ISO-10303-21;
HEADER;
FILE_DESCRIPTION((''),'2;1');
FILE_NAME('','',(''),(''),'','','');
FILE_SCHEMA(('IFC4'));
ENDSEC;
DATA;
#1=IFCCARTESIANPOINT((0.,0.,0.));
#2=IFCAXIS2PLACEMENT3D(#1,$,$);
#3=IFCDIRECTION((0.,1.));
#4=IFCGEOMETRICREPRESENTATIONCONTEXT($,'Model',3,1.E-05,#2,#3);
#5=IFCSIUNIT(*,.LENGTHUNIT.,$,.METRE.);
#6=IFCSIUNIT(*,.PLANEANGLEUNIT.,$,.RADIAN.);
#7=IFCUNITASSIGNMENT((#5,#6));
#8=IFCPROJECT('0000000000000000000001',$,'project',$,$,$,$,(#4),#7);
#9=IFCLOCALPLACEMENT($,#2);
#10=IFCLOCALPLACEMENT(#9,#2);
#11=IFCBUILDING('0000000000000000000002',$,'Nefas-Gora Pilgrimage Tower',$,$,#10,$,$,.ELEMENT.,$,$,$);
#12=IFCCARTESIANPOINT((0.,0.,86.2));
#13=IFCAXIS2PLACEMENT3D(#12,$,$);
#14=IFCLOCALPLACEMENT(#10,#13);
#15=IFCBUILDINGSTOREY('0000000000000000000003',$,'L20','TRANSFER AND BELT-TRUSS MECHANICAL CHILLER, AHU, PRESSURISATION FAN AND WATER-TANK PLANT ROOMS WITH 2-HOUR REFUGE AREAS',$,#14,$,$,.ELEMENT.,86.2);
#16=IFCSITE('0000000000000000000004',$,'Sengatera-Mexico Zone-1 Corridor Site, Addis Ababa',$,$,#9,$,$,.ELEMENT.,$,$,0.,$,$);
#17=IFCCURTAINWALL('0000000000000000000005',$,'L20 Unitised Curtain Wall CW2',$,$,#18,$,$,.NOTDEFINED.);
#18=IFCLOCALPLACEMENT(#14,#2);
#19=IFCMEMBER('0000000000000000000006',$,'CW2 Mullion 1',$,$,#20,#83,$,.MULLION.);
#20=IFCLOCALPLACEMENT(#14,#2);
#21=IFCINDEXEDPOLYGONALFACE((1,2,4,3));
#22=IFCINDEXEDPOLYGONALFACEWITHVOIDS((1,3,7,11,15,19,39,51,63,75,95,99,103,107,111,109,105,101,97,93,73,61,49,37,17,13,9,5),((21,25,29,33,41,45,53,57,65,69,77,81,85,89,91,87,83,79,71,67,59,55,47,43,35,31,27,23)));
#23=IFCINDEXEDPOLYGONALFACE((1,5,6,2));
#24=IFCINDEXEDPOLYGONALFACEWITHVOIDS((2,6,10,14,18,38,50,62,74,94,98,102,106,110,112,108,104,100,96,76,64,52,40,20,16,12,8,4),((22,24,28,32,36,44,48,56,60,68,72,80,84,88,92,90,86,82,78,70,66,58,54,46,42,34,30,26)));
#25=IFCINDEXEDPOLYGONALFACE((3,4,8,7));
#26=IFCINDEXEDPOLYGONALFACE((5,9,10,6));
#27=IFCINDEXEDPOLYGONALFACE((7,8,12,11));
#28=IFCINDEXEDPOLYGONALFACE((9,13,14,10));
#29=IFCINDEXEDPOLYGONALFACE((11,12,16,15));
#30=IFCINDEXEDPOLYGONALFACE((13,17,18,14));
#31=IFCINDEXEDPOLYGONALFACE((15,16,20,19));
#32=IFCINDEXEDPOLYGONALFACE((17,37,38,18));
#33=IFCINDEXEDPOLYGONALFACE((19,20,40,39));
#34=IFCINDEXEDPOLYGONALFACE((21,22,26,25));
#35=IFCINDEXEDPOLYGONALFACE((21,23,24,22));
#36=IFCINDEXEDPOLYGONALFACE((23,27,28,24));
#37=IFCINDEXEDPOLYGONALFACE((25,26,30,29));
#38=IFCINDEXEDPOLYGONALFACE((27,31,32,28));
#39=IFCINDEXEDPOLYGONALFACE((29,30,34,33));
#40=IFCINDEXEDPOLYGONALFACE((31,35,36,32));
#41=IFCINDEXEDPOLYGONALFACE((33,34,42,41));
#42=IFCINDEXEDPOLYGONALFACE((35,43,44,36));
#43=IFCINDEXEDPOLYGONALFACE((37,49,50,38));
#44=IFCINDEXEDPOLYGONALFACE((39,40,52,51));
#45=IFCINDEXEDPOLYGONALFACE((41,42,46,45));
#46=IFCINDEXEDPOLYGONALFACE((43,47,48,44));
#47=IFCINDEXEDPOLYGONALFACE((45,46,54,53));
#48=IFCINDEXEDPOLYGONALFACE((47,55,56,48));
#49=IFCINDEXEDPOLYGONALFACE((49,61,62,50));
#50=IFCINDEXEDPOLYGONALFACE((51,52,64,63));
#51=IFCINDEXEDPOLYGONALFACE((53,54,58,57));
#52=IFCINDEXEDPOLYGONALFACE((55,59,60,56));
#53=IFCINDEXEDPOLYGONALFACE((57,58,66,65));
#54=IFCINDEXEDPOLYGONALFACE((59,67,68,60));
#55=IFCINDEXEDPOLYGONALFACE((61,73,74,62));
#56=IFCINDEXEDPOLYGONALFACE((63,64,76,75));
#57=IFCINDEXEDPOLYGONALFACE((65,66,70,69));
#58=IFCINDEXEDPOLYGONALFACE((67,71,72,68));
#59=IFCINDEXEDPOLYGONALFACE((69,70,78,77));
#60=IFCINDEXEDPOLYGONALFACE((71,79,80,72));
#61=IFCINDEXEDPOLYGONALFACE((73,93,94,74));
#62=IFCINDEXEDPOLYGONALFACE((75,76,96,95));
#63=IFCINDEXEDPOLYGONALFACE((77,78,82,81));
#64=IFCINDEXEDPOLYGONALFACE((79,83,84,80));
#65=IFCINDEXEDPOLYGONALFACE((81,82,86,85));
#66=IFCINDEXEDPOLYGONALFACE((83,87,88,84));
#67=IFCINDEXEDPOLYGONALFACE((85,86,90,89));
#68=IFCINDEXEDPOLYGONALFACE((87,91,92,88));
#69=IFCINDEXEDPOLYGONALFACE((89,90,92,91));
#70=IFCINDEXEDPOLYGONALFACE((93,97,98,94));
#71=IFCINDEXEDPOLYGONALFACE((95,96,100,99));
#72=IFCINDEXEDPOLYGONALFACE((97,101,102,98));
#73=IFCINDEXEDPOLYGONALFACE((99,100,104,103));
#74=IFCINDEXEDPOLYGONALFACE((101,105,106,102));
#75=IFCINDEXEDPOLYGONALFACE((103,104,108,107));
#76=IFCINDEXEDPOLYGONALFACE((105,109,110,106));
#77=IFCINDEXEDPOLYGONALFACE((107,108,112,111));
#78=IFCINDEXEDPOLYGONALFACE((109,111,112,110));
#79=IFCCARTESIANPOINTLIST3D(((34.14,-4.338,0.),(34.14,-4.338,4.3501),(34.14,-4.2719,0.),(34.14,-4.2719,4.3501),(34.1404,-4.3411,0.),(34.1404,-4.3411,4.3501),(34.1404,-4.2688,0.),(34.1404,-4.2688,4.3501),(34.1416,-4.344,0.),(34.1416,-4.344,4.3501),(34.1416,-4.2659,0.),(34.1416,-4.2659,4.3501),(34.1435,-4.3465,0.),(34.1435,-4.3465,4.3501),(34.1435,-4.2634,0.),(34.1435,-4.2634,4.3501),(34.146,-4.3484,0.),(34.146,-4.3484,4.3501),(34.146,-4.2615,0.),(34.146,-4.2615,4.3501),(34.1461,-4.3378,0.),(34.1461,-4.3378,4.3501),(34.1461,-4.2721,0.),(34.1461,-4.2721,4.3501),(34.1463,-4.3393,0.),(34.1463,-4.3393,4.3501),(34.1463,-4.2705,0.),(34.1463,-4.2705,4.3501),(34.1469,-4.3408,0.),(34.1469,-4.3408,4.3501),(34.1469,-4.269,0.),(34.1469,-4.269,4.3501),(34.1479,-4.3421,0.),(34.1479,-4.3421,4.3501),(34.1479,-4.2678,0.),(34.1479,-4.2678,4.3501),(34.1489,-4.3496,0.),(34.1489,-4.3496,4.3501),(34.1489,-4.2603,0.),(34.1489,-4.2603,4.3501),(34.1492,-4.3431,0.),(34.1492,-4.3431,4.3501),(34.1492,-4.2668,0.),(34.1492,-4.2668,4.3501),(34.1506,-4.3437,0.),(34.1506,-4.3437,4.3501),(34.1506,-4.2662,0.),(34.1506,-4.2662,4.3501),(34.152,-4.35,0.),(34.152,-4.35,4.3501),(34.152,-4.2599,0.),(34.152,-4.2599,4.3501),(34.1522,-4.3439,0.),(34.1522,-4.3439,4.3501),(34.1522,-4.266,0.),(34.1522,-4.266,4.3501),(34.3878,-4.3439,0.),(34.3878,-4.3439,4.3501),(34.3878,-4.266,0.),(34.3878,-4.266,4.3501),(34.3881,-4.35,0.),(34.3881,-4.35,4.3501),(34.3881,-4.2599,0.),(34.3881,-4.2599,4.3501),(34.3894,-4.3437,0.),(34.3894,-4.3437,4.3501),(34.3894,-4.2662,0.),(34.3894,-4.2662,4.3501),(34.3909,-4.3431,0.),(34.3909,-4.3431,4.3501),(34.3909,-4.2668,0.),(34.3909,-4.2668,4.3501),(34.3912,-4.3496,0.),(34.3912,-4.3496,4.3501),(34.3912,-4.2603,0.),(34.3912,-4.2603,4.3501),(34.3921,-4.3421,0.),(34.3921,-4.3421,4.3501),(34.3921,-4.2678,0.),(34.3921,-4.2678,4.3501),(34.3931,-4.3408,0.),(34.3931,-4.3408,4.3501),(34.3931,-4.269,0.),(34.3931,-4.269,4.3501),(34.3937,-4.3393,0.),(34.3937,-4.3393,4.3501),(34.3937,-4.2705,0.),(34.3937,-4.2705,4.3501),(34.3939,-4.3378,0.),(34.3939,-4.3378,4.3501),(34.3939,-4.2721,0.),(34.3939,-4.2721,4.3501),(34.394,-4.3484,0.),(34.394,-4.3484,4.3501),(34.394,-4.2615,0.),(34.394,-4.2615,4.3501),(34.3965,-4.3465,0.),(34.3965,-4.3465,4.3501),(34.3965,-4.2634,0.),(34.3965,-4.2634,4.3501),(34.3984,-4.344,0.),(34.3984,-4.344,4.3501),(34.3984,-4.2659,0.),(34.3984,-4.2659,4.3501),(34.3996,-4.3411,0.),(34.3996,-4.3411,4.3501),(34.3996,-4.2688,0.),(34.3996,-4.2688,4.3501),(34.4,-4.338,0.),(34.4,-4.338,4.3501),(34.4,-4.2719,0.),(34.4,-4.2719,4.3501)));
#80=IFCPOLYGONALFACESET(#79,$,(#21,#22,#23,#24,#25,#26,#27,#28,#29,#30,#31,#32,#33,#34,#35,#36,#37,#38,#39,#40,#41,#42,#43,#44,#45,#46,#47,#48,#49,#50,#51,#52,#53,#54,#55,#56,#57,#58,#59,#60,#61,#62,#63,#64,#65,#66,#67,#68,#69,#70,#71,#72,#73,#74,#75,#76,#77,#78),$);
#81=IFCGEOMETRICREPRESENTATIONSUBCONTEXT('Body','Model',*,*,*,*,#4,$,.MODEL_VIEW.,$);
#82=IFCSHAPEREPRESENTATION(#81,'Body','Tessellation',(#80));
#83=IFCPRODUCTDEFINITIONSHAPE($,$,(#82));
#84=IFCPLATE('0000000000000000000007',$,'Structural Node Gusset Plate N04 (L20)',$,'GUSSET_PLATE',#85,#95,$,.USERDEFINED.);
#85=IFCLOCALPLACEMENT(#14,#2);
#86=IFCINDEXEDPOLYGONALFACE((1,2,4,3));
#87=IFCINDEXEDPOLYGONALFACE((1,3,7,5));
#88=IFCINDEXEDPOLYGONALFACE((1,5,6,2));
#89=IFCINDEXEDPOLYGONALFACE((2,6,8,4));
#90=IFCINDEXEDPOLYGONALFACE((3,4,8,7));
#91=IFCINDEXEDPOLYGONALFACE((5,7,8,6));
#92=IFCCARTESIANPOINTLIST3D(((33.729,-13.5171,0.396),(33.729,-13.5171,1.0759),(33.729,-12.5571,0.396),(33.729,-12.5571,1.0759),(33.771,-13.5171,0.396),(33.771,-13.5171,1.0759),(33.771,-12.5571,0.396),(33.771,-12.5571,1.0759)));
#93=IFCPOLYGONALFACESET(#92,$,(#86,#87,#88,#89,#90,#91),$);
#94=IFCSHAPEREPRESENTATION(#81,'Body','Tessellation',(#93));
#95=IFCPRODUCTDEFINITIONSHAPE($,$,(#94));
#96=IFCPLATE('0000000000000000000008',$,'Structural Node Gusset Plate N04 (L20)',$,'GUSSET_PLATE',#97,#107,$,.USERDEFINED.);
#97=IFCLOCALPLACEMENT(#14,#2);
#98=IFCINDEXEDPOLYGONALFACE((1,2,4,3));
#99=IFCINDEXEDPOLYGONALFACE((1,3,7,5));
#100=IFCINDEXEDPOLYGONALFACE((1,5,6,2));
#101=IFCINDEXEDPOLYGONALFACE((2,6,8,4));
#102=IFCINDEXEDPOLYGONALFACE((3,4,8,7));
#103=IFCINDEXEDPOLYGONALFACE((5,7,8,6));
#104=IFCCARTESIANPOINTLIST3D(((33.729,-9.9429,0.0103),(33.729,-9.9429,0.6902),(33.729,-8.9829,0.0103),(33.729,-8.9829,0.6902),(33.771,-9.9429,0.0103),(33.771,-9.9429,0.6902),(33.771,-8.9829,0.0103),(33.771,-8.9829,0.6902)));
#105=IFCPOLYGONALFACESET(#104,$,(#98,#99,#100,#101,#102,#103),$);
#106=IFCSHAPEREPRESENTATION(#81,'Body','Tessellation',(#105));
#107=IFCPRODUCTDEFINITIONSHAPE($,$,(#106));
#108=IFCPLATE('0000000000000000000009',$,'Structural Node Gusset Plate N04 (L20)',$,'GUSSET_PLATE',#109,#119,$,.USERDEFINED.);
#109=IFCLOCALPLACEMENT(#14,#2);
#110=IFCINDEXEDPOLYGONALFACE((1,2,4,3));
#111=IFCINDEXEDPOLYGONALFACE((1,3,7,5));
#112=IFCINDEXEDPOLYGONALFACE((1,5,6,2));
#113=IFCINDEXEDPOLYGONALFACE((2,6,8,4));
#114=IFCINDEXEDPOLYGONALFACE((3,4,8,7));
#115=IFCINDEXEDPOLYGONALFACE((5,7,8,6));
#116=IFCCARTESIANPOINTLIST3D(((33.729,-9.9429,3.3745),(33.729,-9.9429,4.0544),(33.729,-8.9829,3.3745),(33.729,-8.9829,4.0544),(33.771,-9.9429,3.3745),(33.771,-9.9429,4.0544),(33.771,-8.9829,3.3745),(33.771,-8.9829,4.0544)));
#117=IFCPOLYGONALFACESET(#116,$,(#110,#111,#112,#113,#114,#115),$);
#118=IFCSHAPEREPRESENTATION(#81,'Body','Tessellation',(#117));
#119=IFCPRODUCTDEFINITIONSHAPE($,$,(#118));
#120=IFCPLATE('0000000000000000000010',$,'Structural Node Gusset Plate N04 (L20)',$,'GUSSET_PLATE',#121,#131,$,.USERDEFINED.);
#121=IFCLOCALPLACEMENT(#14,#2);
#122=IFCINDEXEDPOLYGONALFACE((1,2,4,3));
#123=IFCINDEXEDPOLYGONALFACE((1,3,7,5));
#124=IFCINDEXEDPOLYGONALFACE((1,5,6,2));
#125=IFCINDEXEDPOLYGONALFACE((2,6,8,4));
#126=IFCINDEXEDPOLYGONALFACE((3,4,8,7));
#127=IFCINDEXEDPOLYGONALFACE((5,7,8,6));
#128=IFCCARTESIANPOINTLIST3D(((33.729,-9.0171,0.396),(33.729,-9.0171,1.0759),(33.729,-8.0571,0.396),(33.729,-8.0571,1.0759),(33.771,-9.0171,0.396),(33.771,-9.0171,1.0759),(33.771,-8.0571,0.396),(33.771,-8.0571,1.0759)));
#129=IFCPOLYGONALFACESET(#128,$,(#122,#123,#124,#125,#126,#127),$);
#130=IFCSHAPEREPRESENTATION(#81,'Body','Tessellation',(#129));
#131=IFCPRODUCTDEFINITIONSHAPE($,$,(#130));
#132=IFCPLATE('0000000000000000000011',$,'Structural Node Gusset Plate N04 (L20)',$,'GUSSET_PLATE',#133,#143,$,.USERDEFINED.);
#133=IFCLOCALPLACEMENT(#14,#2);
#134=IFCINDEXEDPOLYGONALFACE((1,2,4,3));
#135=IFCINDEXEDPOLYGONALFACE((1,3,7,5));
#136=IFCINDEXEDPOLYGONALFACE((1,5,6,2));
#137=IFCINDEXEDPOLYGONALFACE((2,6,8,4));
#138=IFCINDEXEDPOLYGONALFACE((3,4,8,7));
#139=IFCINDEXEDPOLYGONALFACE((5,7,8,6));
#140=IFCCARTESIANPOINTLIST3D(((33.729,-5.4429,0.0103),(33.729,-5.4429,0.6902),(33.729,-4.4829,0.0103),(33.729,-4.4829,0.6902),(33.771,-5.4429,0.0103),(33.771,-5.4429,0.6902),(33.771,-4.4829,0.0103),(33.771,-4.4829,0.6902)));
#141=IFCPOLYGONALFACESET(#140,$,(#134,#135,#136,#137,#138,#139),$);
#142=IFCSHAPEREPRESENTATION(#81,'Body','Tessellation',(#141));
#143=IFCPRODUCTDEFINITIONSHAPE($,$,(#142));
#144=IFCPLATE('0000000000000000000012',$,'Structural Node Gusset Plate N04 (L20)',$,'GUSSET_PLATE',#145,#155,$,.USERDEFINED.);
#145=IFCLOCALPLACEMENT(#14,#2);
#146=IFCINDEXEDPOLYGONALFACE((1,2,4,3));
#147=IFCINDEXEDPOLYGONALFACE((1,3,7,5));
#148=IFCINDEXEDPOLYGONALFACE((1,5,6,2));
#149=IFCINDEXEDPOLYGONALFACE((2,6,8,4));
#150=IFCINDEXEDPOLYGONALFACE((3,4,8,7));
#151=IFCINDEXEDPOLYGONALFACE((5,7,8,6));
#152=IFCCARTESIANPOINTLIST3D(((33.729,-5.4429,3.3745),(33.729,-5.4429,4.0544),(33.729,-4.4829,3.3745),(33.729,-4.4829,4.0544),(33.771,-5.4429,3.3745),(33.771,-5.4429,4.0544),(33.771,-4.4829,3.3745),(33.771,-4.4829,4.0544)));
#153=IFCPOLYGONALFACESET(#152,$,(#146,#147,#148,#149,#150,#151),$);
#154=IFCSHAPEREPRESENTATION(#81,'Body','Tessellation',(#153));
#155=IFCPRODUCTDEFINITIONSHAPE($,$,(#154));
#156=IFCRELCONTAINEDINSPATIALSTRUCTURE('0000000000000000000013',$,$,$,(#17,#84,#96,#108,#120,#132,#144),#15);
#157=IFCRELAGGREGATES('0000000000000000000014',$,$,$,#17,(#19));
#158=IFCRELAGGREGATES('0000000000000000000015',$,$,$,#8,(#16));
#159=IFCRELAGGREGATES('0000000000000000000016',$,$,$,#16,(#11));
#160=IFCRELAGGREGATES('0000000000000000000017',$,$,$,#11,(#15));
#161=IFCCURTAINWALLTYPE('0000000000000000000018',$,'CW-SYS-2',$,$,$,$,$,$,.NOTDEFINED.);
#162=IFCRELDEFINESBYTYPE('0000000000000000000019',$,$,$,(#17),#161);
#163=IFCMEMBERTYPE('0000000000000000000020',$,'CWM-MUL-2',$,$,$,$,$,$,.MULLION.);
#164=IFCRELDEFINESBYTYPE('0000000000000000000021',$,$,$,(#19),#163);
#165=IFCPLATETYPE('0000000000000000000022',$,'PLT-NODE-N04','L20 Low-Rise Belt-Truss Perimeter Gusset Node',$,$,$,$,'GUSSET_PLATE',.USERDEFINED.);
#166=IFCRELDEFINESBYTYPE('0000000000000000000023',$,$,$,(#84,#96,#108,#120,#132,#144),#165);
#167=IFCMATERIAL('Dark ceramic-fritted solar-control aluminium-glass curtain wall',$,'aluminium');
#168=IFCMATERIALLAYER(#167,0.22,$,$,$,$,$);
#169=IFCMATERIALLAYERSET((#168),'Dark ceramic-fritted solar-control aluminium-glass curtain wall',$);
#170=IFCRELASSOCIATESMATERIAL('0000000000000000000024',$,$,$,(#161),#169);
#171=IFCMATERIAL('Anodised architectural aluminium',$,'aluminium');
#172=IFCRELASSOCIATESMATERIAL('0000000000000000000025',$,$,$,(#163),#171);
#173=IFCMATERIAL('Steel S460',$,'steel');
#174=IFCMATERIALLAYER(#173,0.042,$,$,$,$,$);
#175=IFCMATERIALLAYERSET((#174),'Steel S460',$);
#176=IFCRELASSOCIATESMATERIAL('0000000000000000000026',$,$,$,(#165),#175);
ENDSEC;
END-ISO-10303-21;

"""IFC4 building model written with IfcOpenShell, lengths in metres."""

from ifc_helpers import new_model, si_unit, direction, frame, origin, origin_2d, place, context, subcontext, project, spatial, rectangle, hollow_rectangle, extrude, source, transform, mapped, material, layer, layer_set, material_profile, profile_set, type_object, element, aggregate, save


model = new_model("IFC4")

# Units and contexts
model_context = context("Model", 3, precision=1e-05, world=origin(), true_north=direction((0.0, 1.0)))
body_context = subcontext(model_context, "Body", "Model", "MODEL_VIEW")
ifc_project = project(units=[si_unit("LENGTHUNIT", "METRE"), si_unit("PLANEANGLEUNIT", "RADIAN")], contexts=[model_context])

# Site, building, storey
site_placement = place(None, origin())
site = spatial("IfcSite", under=ifc_project, at=site_placement, Name="Sengatera-Mexico Zone-1 Corridor Site, Addis Ababa", CompositionType="ELEMENT", RefElevation=0.0)
building_placement = place(site_placement, origin())
building = spatial("IfcBuilding", under=site, at=building_placement, Name="Nefas-Gora Pilgrimage Tower", CompositionType="ELEMENT")
storey_placement = place(building_placement, frame((0.0, 0.0, 86.2)))
storey = spatial("IfcBuildingStorey", under=building, at=storey_placement, Name="L20", Description="TRANSFER AND BELT-TRUSS MECHANICAL CHILLER, AHU, PRESSURISATION FAN AND WATER-TANK PLANT ROOMS WITH 2-HOUR REFUGE AREAS", CompositionType="ELEMENT", Elevation=86.2)

# Shared definitions
ifc_material_1 = material(Name="Steel S460", Category="steel")

# Curtain wall, member
ifc_material_2 = material(Name="Dark ceramic-fritted solar-control aluminium-glass curtain wall", Category="aluminium")
ifc_layer_1 = layer(ifc_material_2, 0.22)
ifc_layer_set_1 = layer_set([ifc_layer_1], Name="Dark ceramic-fritted solar-control aluminium-glass curtain wall")
curtain_wall_type = type_object("IfcCurtainWallType", Name="CW-SYS-2", PredefinedType="NOTDEFINED", material=ifc_layer_set_1)
curtain_wall_placement = place(storey_placement, origin())
curtain_wall = element("IfcCurtainWall", 1, at=curtain_wall_placement, inside=storey, type_object=curtain_wall_type, Name="L20 Unitised Curtain Wall CW2", PredefinedType="NOTDEFINED")
ifc_material_3 = material(Name="Anodised architectural aluminium", Category="aluminium")
ifc_material_profile_1 = material_profile(ifc_material_3, hollow_rectangle(XDim=0.0901, YDim=0.26, WallThickness=0.0061, InnerFilletRadius=0.0061, OuterFilletRadius=0.012, at=origin_2d()), Name="ALU MULLION 90x260")
ifc_profile_set_1 = profile_set([ifc_material_profile_1], Name="Anodised architectural aluminium")
member_type_1 = type_object("IfcMemberType", Name="CWM-MUL-2", PredefinedType="MULLION", material=ifc_profile_set_1)
shared_shape_1 = source(origin(), body_context, "Body", "SweptSolid", [
    extrude(hollow_rectangle(XDim=0.0901, YDim=0.26, WallThickness=0.0061, InnerFilletRadius=0.0061, OuterFilletRadius=0.012, at=origin_2d()), origin(), (0.0, 0.0, 1.0), 4.3501),
])
member_1_placement = place(storey_placement, frame((34.27, -4.3049, 0.0), z_axis=(0.0, 0.0, 1.0), x_axis=(0.0, 1.0, 0.0)))
member_1 = element("IfcMember", 2, at=member_1_placement, type_object=member_type_1, Name="CW2 Mullion 1", PredefinedType="MULLION", context=body_context, shape_type="MappedRepresentation", body=[
    mapped(shared_shape_1, transform((0.0, 0.0, 0.0), x_axis=(1.0, 0.0, 0.0), y_axis=(0.0, 1.0, 0.0), z_axis=(0.0, 0.0, 1.0), scale=1.0)),
])
aggregate(curtain_wall, [member_1])

# Plates
ifc_layer_2 = layer(ifc_material_1, 0.042)
ifc_layer_set_2 = layer_set([ifc_layer_2], Name="Steel S460")
plate_type = type_object("IfcPlateType", Name="PLT-NODE-N04", Description="L20 Low-Rise Belt-Truss Perimeter Gusset Node", ElementType="GUSSET_PLATE", PredefinedType="USERDEFINED", material=ifc_layer_set_2)
shared_shape_2 = source(origin(), body_context, "Body", "SweptSolid", [
    extrude(rectangle(XDim=0.96, YDim=0.042, at=origin_2d()), origin(), (0.0, 0.0, 1.0), 0.6799),
])
for number, where, z_axis, x_axis, name in (
    (3, (33.75, -13.0371, 0.396), (0.0, 0.0, 1.0), (0.0, 1.0, 0.0), "Structural Node Gusset Plate N04 (L20)"),
    (4, (33.75, -9.4629, 0.0103), (0.0, 0.0, 1.0), (0.0, 1.0, 0.0), "Structural Node Gusset Plate N04 (L20)"),
    (5, (33.75, -9.4629, 3.3745), (0.0, 0.0, 1.0), (0.0, 1.0, 0.0), "Structural Node Gusset Plate N04 (L20)"),
    (6, (33.75, -8.5371, 0.396), (0.0, 0.0, 1.0), (0.0, 1.0, 0.0), "Structural Node Gusset Plate N04 (L20)"),
    (7, (33.75, -4.9629, 0.0103), (0.0, 0.0, 1.0), (0.0, 1.0, 0.0), "Structural Node Gusset Plate N04 (L20)"),
    (8, (33.75, -4.9629, 3.3745), (0.0, 0.0, 1.0), (0.0, 1.0, 0.0), "Structural Node Gusset Plate N04 (L20)"),
):
    element("IfcPlate", number, at=place(storey_placement, frame(where, z_axis=z_axis, x_axis=x_axis)), inside=storey, type_object=plate_type, Name=name, ObjectType="GUSSET_PLATE", PredefinedType="USERDEFINED", context=body_context, shape_type="MappedRepresentation", body=[
        mapped(shared_shape_2, transform((0.0, 0.0, 0.0), x_axis=(1.0, 0.0, 0.0), y_axis=(0.0, 1.0, 0.0), z_axis=(0.0, 0.0, 1.0), scale=1.0)),
    ])

save(model, "model.ifc")
